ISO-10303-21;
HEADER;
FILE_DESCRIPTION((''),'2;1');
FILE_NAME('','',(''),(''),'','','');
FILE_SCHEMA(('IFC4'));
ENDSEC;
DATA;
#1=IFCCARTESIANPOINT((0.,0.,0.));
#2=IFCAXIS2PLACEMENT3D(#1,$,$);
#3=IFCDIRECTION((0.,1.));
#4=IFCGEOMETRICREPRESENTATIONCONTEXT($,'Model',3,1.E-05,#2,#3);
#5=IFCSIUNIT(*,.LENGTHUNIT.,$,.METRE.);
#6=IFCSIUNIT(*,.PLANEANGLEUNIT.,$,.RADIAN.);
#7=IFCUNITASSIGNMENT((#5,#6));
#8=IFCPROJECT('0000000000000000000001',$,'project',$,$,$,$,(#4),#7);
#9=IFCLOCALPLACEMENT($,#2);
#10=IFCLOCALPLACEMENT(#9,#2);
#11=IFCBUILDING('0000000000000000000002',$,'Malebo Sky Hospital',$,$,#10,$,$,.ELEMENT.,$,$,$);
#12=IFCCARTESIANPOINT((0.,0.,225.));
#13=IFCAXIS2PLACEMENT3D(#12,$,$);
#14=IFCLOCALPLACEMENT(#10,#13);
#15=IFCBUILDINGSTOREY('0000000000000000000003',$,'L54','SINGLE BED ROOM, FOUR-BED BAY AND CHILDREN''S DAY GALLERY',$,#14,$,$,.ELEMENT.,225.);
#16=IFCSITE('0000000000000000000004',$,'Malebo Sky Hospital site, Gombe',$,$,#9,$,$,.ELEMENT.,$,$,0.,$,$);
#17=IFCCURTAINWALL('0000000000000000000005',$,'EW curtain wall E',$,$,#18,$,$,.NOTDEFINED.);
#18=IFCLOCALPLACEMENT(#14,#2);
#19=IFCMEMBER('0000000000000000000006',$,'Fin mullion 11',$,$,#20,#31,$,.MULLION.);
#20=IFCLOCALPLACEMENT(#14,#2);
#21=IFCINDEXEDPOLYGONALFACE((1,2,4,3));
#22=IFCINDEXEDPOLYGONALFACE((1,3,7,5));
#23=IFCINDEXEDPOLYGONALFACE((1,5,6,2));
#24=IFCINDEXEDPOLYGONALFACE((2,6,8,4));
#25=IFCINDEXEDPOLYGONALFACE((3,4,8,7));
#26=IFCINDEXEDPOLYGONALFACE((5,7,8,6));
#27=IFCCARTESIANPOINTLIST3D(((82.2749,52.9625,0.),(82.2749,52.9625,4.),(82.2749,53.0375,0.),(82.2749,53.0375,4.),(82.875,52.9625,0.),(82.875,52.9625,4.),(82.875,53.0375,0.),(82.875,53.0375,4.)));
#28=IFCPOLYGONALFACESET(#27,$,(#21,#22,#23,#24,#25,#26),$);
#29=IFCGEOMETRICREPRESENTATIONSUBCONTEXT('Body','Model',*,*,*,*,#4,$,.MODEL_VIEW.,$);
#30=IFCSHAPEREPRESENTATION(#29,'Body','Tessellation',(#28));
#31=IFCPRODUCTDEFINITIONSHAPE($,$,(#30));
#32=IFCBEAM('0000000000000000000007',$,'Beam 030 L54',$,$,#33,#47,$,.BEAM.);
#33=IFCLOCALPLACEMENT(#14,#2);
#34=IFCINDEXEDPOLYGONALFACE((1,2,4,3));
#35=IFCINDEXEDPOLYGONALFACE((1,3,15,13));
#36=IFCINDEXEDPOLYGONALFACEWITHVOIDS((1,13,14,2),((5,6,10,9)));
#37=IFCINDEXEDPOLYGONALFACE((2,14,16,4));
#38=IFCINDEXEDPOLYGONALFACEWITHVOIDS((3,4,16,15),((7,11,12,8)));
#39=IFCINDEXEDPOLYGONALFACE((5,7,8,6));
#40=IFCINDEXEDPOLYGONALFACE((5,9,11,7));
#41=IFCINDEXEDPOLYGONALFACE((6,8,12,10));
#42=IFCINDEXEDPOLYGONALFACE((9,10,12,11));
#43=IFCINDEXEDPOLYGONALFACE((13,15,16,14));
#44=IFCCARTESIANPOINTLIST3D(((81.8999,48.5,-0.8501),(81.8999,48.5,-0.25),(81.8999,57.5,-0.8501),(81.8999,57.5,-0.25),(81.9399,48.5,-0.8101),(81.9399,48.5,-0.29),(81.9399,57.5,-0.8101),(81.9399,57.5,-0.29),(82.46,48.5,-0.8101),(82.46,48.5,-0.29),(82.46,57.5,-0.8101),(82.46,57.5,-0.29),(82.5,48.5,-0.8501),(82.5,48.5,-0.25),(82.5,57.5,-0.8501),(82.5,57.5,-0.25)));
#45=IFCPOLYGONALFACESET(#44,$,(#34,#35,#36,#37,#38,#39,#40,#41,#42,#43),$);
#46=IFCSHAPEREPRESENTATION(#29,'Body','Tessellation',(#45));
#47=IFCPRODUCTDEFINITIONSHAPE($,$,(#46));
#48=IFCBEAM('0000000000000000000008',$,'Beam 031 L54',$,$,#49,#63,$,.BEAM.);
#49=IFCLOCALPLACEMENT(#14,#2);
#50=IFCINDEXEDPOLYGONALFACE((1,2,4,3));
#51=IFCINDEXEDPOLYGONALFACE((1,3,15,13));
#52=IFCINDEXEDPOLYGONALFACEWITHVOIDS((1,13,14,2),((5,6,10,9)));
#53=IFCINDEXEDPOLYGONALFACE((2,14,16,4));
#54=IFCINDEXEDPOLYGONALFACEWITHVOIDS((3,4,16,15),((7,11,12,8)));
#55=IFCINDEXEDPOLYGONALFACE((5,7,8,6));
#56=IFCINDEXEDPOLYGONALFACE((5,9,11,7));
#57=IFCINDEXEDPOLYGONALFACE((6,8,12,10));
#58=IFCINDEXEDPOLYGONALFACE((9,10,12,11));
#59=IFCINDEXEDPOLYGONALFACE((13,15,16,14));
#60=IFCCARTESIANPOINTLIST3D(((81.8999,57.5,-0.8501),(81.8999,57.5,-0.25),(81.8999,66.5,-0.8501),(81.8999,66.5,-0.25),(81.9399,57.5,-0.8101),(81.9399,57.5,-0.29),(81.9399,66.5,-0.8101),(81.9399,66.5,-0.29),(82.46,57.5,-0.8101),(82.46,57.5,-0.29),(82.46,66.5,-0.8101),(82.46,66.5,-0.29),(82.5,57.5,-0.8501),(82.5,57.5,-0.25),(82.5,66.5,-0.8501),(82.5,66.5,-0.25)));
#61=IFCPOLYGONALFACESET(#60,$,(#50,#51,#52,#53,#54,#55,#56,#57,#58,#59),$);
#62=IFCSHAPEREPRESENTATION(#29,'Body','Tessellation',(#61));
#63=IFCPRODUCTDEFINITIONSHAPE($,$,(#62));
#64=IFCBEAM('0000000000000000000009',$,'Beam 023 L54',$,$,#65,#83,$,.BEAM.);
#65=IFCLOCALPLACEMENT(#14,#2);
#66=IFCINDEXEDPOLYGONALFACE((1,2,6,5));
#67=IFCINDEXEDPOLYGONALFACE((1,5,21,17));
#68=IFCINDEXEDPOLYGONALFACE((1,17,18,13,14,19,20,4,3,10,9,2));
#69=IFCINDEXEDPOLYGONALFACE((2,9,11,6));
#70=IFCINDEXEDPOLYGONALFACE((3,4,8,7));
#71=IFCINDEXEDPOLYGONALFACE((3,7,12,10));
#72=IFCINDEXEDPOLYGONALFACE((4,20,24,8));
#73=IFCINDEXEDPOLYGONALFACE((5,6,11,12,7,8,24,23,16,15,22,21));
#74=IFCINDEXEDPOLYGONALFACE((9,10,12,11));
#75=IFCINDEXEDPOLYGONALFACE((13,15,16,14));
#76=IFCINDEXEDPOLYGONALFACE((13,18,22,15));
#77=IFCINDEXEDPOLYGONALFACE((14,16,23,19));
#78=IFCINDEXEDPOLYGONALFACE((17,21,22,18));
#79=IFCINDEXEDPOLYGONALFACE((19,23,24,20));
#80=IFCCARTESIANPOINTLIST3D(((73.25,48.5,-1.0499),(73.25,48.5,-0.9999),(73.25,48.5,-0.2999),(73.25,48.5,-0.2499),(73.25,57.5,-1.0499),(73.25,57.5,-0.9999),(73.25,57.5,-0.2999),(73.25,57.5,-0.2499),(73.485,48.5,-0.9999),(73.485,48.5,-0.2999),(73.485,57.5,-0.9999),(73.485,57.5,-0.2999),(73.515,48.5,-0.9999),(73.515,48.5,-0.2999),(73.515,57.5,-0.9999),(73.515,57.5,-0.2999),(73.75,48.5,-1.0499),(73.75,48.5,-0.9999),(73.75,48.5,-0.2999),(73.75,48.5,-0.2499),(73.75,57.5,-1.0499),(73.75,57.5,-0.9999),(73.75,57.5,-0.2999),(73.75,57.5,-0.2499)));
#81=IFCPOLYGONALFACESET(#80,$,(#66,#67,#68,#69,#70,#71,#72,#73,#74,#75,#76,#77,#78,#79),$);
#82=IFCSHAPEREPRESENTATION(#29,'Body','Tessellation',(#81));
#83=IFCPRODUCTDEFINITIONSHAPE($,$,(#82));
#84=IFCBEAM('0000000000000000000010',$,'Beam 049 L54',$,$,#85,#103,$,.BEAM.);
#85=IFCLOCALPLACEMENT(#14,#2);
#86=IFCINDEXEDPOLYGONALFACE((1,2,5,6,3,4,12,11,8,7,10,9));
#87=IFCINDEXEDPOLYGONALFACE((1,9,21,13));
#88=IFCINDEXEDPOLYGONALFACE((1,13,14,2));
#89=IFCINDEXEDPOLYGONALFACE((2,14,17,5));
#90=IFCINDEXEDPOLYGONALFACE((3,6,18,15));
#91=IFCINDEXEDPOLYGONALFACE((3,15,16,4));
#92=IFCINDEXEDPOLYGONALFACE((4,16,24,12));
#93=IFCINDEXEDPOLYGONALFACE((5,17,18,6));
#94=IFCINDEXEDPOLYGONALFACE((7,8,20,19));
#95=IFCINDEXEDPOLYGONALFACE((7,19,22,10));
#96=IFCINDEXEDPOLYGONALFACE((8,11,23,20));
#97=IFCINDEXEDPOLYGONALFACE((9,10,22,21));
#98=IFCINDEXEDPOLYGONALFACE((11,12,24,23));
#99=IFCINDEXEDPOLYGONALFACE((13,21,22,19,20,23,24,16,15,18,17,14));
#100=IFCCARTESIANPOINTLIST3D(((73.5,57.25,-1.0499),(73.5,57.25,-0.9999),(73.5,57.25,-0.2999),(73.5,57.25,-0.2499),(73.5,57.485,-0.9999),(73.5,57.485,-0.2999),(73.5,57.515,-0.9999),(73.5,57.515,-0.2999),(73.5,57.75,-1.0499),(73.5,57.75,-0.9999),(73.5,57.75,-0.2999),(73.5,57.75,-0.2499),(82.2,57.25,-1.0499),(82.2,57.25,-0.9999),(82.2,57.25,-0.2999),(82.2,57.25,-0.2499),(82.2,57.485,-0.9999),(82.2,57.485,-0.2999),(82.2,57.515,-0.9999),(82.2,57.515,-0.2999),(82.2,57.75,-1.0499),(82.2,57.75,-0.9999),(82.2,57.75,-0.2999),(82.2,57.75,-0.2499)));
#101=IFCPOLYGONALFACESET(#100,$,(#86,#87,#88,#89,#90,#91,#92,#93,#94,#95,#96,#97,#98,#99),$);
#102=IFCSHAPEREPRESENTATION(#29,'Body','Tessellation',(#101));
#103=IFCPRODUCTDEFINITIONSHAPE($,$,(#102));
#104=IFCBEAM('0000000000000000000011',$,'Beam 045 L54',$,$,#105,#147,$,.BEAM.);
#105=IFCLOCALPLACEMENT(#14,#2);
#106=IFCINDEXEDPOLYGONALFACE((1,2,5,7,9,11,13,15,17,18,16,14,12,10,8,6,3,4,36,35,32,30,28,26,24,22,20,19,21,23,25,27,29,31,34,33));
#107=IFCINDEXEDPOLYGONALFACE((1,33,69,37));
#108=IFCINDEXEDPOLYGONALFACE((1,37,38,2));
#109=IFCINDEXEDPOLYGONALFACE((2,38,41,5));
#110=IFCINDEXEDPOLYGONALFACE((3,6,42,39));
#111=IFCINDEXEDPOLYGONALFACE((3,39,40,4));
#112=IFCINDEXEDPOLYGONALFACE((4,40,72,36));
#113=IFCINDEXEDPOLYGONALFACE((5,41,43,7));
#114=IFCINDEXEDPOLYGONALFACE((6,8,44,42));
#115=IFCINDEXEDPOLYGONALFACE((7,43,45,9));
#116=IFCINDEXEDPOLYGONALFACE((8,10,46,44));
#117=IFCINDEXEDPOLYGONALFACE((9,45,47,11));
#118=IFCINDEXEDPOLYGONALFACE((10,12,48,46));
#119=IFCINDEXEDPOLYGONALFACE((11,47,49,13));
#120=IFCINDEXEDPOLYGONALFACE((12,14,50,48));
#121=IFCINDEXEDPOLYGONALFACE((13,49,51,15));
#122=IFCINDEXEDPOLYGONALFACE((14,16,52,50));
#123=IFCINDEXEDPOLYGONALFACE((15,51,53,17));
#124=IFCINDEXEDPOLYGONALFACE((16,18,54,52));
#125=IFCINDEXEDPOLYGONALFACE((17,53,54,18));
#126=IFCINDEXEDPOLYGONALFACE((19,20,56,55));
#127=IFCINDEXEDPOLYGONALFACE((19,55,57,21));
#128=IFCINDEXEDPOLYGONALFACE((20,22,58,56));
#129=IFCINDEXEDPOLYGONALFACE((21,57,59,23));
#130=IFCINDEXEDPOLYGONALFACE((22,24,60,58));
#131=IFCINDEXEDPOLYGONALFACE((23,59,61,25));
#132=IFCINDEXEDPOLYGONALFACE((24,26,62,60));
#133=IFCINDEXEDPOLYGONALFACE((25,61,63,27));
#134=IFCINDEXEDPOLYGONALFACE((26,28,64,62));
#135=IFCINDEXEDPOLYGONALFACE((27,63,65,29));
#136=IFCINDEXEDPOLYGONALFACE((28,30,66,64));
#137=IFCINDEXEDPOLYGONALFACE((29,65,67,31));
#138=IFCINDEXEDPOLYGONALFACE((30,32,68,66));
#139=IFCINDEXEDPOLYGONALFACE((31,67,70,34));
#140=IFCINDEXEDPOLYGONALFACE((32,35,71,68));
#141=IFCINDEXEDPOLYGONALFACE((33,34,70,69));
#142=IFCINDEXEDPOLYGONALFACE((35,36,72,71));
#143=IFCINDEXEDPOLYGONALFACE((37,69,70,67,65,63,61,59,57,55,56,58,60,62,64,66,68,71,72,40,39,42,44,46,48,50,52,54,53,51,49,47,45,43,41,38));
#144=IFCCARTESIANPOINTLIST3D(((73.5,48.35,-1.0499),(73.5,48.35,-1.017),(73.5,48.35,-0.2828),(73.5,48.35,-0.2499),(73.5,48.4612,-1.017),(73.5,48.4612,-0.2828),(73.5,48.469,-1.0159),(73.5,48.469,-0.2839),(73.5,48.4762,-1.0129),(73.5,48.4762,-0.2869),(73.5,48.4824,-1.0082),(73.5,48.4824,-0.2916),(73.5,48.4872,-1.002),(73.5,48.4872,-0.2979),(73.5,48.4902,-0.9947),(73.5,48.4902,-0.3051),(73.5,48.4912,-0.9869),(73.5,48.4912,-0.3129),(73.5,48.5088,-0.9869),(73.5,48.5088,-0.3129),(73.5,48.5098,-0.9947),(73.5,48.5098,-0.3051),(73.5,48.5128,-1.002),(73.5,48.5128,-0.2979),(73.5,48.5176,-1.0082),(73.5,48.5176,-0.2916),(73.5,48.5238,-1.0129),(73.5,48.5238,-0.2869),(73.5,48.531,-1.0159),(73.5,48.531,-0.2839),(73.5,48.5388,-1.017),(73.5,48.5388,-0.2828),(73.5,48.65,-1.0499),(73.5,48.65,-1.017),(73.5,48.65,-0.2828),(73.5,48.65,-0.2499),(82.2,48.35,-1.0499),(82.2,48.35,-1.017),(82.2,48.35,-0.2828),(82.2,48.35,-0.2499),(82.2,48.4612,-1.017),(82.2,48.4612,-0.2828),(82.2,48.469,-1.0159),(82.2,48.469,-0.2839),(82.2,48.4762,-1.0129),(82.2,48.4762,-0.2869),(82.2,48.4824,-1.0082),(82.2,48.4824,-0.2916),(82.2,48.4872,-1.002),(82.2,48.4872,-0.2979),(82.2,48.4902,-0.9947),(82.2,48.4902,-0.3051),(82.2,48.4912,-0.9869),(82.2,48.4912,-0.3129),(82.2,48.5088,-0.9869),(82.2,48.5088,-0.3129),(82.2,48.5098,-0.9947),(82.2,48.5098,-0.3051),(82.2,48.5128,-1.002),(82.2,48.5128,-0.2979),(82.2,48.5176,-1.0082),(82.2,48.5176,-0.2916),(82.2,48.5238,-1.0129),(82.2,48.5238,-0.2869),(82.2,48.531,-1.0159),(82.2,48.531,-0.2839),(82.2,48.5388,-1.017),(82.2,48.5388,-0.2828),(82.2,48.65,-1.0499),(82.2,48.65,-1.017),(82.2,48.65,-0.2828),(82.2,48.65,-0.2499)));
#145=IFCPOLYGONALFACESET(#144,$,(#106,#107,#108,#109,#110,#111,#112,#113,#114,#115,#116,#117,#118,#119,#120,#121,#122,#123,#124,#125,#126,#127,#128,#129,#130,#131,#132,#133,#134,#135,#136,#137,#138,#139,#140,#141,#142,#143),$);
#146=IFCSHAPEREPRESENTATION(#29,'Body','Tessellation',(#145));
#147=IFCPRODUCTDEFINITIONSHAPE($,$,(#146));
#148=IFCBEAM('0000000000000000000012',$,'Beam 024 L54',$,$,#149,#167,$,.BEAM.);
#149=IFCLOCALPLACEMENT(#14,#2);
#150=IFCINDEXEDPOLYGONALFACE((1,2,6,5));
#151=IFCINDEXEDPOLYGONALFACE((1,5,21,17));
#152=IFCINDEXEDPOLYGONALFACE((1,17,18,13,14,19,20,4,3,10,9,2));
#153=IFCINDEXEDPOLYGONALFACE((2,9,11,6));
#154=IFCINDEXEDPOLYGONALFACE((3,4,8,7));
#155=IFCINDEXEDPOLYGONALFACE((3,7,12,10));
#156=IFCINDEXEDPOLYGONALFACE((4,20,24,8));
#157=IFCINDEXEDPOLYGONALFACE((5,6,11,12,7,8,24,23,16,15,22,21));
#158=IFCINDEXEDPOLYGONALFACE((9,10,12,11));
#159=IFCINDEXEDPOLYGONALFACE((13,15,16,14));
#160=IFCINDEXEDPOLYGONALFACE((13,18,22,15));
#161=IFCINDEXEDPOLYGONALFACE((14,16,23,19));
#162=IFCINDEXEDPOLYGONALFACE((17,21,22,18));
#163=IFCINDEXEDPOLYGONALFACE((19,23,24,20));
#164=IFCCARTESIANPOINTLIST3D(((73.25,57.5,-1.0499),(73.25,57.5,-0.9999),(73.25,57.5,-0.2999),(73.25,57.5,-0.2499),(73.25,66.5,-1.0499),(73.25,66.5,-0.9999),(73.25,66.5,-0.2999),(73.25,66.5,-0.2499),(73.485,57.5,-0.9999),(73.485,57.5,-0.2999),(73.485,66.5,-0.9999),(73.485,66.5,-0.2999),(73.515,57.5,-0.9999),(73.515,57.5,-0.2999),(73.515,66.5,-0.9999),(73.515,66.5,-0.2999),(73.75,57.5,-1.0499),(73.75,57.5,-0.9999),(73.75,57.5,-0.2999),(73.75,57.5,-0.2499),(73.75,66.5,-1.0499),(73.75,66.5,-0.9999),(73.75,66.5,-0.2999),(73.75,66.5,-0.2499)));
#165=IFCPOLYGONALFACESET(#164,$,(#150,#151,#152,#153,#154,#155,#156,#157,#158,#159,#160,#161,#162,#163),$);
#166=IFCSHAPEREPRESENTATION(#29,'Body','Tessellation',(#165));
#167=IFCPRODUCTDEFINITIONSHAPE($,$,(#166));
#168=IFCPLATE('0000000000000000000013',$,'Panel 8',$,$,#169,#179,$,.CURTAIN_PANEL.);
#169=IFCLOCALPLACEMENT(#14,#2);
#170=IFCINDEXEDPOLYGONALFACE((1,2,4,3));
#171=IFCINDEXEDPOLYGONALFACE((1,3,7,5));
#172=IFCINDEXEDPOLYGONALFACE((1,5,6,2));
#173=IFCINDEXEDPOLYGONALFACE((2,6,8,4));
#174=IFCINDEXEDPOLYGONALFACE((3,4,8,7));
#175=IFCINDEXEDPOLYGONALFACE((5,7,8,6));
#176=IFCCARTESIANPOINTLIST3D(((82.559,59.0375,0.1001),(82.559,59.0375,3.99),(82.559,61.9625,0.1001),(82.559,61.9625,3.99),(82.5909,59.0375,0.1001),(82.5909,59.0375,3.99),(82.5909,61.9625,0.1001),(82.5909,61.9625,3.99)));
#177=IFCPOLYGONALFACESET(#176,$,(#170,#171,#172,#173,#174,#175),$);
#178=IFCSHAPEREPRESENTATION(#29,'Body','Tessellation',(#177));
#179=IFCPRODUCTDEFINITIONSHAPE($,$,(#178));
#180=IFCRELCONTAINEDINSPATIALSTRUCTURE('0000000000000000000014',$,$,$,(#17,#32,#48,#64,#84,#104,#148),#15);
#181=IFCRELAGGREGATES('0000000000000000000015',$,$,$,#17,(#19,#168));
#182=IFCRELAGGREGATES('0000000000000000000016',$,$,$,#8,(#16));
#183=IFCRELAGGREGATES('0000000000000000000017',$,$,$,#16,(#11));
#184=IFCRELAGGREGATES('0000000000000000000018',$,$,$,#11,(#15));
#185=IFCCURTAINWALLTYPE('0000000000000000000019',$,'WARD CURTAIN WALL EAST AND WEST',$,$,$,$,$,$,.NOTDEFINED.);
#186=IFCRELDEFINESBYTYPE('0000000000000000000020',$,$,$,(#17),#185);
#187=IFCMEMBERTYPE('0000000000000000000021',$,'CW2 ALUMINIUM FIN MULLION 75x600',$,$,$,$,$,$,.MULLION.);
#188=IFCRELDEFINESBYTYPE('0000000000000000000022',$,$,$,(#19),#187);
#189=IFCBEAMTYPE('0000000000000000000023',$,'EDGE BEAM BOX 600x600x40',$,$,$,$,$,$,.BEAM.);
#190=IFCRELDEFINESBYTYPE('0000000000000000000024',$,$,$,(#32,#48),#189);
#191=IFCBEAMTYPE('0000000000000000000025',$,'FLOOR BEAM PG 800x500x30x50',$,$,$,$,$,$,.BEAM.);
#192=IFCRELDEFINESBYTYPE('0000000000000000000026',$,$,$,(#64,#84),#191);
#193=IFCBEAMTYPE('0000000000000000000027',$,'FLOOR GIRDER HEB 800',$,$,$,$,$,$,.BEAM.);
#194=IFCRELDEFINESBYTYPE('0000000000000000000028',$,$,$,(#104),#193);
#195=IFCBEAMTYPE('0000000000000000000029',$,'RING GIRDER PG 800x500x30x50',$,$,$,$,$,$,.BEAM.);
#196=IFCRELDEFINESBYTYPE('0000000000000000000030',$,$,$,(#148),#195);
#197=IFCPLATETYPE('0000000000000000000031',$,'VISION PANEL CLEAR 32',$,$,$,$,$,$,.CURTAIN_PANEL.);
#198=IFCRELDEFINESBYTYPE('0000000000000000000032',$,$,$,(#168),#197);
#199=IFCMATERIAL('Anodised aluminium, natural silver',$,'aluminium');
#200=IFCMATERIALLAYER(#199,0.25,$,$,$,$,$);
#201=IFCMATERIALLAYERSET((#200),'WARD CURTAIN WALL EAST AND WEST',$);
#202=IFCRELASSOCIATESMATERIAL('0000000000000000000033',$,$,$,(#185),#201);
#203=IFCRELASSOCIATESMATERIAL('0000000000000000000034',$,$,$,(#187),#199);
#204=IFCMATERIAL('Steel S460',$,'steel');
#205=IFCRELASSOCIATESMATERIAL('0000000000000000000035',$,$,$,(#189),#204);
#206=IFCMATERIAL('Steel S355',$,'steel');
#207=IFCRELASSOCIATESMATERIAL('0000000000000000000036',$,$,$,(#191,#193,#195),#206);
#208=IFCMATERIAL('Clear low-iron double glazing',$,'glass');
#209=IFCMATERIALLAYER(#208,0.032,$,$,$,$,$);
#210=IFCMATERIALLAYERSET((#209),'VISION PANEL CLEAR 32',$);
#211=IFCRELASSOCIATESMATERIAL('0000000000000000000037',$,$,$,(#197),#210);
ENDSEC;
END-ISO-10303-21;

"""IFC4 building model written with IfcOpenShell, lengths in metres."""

from ifc_helpers import new_model, si_unit, direction, frame, origin, origin_2d, place, context, subcontext, project, spatial, rectangle, hollow_rectangle, i_section, extrude, material, layer, layer_set, material_profile, profile_set, type_object, element, aggregate, save


model = new_model("IFC4")

# Units and contexts
model_context = context("Model", 3, precision=1e-05, world=origin(), true_north=direction((0.0, 1.0)))
body_context = subcontext(model_context, "Body", "Model", "MODEL_VIEW")
ifc_project = project(units=[si_unit("LENGTHUNIT", "METRE"), si_unit("PLANEANGLEUNIT", "RADIAN")], contexts=[model_context])

# Site, building, storey
site_placement = place(None, origin())
site = spatial("IfcSite", under=ifc_project, at=site_placement, Name="Malebo Sky Hospital site, Gombe", CompositionType="ELEMENT", RefElevation=0.0)
building_placement = place(site_placement, origin())
building = spatial("IfcBuilding", under=site, at=building_placement, Name="Malebo Sky Hospital", CompositionType="ELEMENT")
storey_placement = place(building_placement, frame((0.0, 0.0, 225.0)))
storey = spatial("IfcBuildingStorey", under=building, at=storey_placement, Name="L54", Description="SINGLE BED ROOM, FOUR-BED BAY AND CHILDREN'S DAY GALLERY", CompositionType="ELEMENT", Elevation=225.0)

# Shared definitions
ifc_material_1 = material(Name="Steel S460", Category="steel")

# Curtain wall
ifc_material_2 = material(Name="Anodised aluminium, natural silver", Category="aluminium")
ifc_layer_1 = layer(ifc_material_2, 0.25)
ifc_layer_set_1 = layer_set([ifc_layer_1], Name="WARD CURTAIN WALL EAST AND WEST")
curtain_wall_type = type_object("IfcCurtainWallType", Name="WARD CURTAIN WALL EAST AND WEST", PredefinedType="NOTDEFINED", material=ifc_layer_set_1)
curtain_wall_placement = place(storey_placement, origin())
curtain_wall = element("IfcCurtainWall", 1, at=curtain_wall_placement, inside=storey, type_object=curtain_wall_type, Name="EW curtain wall E", PredefinedType="NOTDEFINED")

# Member
ifc_material_3 = material(Name="Steel S355", Category="steel")
ifc_material_profile_1 = material_profile(ifc_material_2, rectangle(XDim=0.075, YDim=0.6001, at=origin_2d()), Name="CW2 ALUMINIUM FIN MULLION 75x600")
ifc_profile_set_1 = profile_set([ifc_material_profile_1], Name="Anodised aluminium, natural silver")
member_type_1 = type_object("IfcMemberType", Name="CW2 ALUMINIUM FIN MULLION 75x600", PredefinedType="MULLION", material=ifc_profile_set_1)
member_1_placement = place(storey_placement, frame((82.575, 53.0, 0.0), z_axis=(0.0, 0.0, 1.0), x_axis=(0.0, -1.0, 0.0)))
member_1 = element("IfcMember", 2, at=member_1_placement, type_object=member_type_1, Name="Fin mullion 11", PredefinedType="MULLION", context=body_context, shape_type="SweptSolid", body=[
    extrude(rectangle(XDim=0.075, YDim=0.6001, at=origin_2d()), origin(), (0.0, 0.0, 1.0), 4.0),
])

# Beams
ifc_material_profile_2 = material_profile(ifc_material_1, hollow_rectangle(XDim=0.6001, YDim=0.6001, WallThickness=0.04, at=origin_2d()), Name="BOX 600x600x40")
ifc_profile_set_2 = profile_set([ifc_material_profile_2], Name="Steel S460")
beam_type_1 = type_object("IfcBeamType", Name="EDGE BEAM BOX 600x600x40", PredefinedType="BEAM", material=ifc_profile_set_2)
for number, where, z_axis, x_axis, name in (
    (3, (82.2, 48.5, -0.55), (0.0, 1.0, 0.0), (-1.0, 0.0, 0.0), "Beam 030 L54"),
    (4, (82.2, 57.5, -0.55), (0.0, 1.0, 0.0), (-1.0, 0.0, 0.0), "Beam 031 L54"),
):
    element("IfcBeam", number, at=place(storey_placement, frame(where, z_axis=z_axis, x_axis=x_axis)), inside=storey, type_object=beam_type_1, Name=name, PredefinedType="BEAM", context=body_context, shape_type="SweptSolid", body=[
        extrude(hollow_rectangle(XDim=0.6001, YDim=0.6001, WallThickness=0.04, at=origin_2d()), origin(), (0.0, 0.0, 1.0), 9.0),
    ])
ifc_material_profile_3 = material_profile(ifc_material_3, i_section(OverallWidth=0.5, OverallDepth=0.8, WebThickness=0.03, FlangeThickness=0.05, at=origin_2d()), Name="PG 800x500x30x50")
ifc_profile_set_3 = profile_set([ifc_material_profile_3], Name="Steel S355")
beam_type_2 = type_object("IfcBeamType", Name="FLOOR BEAM PG 800x500x30x50", PredefinedType="BEAM", material=ifc_profile_set_3)
beam_1_placement = place(storey_placement, frame((73.5, 48.5, -0.6499), z_axis=(0.0, 1.0, 0.0), x_axis=(-1.0, 0.0, 0.0)))
element("IfcBeam", 5, at=beam_1_placement, inside=storey, type_object=beam_type_2, Name="Beam 023 L54", PredefinedType="BEAM", context=body_context, shape_type="SweptSolid", body=[
    extrude(i_section(OverallWidth=0.5, OverallDepth=0.8, WebThickness=0.03, FlangeThickness=0.05, at=origin_2d()), origin(), (0.0, 0.0, 1.0), 9.0),
])
beam_2_placement = place(storey_placement, frame((73.5, 57.5, -0.6499), z_axis=(1.0, 0.0, 0.0), x_axis=(0.0, 1.0, 0.0)))
element("IfcBeam", 6, at=beam_2_placement, inside=storey, type_object=beam_type_2, Name="Beam 049 L54", PredefinedType="BEAM", context=body_context, shape_type="SweptSolid", body=[
    extrude(i_section(OverallWidth=0.5, OverallDepth=0.8, WebThickness=0.03, FlangeThickness=0.05, at=origin_2d()), origin(), (0.0, 0.0, 1.0), 8.7),
])
ifc_material_profile_4 = material_profile(ifc_material_3, i_section(OverallWidth=0.3, OverallDepth=0.8, WebThickness=0.0176, FlangeThickness=0.033, FilletRadius=0.03, at=origin_2d()), Name="HEB 800")
ifc_profile_set_4 = profile_set([ifc_material_profile_4], Name="Steel S355")
beam_type_3 = type_object("IfcBeamType", Name="FLOOR GIRDER HEB 800", PredefinedType="BEAM", material=ifc_profile_set_4)
beam_3_placement = place(storey_placement, frame((73.5, 48.5, -0.6499), z_axis=(1.0, 0.0, 0.0), x_axis=(0.0, 1.0, 0.0)))
element("IfcBeam", 7, at=beam_3_placement, inside=storey, type_object=beam_type_3, Name="Beam 045 L54", PredefinedType="BEAM", context=body_context, shape_type="SweptSolid", body=[
    extrude(i_section(OverallWidth=0.3, OverallDepth=0.8, WebThickness=0.0176, FlangeThickness=0.033, FilletRadius=0.03, at=origin_2d()), origin(), (0.0, 0.0, 1.0), 8.7),
])
ifc_material_profile_5 = material_profile(ifc_material_3, i_section(OverallWidth=0.5, OverallDepth=0.8, WebThickness=0.03, FlangeThickness=0.05, at=origin_2d()), Name="PG 800x500x30x50")
ifc_profile_set_5 = profile_set([ifc_material_profile_5], Name="Steel S355")
beam_type_4 = type_object("IfcBeamType", Name="RING GIRDER PG 800x500x30x50", PredefinedType="BEAM", material=ifc_profile_set_5)
beam_4_placement = place(storey_placement, frame((73.5, 57.5, -0.6499), z_axis=(0.0, 1.0, 0.0), x_axis=(-1.0, 0.0, 0.0)))
element("IfcBeam", 8, at=beam_4_placement, inside=storey, type_object=beam_type_4, Name="Beam 024 L54", PredefinedType="BEAM", context=body_context, shape_type="SweptSolid", body=[
    extrude(i_section(OverallWidth=0.5, OverallDepth=0.8, WebThickness=0.03, FlangeThickness=0.05, at=origin_2d()), origin(), (0.0, 0.0, 1.0), 9.0),
])

# Plate
ifc_material_4 = material(Name="Clear low-iron double glazing", Category="glass")
ifc_layer_2 = layer(ifc_material_4, 0.032)
ifc_layer_set_2 = layer_set([ifc_layer_2], Name="VISION PANEL CLEAR 32")
plate_type = type_object("IfcPlateType", Name="VISION PANEL CLEAR 32", PredefinedType="CURTAIN_PANEL", material=ifc_layer_set_2)
plate_1_placement = place(storey_placement, frame((82.575, 60.5, 0.1001), z_axis=(0.0, 0.0, 1.0), x_axis=(0.0, -1.0, 0.0)))
plate_1 = element("IfcPlate", 9, at=plate_1_placement, type_object=plate_type, Name="Panel 8", PredefinedType="CURTAIN_PANEL", context=body_context, shape_type="SweptSolid", body=[
    extrude(rectangle(XDim=2.925, YDim=0.032, at=origin_2d()), origin(), (0.0, 0.0, 1.0), 3.8899),
])
aggregate(curtain_wall, [member_1, plate_1])

save(model, "model.ifc")
